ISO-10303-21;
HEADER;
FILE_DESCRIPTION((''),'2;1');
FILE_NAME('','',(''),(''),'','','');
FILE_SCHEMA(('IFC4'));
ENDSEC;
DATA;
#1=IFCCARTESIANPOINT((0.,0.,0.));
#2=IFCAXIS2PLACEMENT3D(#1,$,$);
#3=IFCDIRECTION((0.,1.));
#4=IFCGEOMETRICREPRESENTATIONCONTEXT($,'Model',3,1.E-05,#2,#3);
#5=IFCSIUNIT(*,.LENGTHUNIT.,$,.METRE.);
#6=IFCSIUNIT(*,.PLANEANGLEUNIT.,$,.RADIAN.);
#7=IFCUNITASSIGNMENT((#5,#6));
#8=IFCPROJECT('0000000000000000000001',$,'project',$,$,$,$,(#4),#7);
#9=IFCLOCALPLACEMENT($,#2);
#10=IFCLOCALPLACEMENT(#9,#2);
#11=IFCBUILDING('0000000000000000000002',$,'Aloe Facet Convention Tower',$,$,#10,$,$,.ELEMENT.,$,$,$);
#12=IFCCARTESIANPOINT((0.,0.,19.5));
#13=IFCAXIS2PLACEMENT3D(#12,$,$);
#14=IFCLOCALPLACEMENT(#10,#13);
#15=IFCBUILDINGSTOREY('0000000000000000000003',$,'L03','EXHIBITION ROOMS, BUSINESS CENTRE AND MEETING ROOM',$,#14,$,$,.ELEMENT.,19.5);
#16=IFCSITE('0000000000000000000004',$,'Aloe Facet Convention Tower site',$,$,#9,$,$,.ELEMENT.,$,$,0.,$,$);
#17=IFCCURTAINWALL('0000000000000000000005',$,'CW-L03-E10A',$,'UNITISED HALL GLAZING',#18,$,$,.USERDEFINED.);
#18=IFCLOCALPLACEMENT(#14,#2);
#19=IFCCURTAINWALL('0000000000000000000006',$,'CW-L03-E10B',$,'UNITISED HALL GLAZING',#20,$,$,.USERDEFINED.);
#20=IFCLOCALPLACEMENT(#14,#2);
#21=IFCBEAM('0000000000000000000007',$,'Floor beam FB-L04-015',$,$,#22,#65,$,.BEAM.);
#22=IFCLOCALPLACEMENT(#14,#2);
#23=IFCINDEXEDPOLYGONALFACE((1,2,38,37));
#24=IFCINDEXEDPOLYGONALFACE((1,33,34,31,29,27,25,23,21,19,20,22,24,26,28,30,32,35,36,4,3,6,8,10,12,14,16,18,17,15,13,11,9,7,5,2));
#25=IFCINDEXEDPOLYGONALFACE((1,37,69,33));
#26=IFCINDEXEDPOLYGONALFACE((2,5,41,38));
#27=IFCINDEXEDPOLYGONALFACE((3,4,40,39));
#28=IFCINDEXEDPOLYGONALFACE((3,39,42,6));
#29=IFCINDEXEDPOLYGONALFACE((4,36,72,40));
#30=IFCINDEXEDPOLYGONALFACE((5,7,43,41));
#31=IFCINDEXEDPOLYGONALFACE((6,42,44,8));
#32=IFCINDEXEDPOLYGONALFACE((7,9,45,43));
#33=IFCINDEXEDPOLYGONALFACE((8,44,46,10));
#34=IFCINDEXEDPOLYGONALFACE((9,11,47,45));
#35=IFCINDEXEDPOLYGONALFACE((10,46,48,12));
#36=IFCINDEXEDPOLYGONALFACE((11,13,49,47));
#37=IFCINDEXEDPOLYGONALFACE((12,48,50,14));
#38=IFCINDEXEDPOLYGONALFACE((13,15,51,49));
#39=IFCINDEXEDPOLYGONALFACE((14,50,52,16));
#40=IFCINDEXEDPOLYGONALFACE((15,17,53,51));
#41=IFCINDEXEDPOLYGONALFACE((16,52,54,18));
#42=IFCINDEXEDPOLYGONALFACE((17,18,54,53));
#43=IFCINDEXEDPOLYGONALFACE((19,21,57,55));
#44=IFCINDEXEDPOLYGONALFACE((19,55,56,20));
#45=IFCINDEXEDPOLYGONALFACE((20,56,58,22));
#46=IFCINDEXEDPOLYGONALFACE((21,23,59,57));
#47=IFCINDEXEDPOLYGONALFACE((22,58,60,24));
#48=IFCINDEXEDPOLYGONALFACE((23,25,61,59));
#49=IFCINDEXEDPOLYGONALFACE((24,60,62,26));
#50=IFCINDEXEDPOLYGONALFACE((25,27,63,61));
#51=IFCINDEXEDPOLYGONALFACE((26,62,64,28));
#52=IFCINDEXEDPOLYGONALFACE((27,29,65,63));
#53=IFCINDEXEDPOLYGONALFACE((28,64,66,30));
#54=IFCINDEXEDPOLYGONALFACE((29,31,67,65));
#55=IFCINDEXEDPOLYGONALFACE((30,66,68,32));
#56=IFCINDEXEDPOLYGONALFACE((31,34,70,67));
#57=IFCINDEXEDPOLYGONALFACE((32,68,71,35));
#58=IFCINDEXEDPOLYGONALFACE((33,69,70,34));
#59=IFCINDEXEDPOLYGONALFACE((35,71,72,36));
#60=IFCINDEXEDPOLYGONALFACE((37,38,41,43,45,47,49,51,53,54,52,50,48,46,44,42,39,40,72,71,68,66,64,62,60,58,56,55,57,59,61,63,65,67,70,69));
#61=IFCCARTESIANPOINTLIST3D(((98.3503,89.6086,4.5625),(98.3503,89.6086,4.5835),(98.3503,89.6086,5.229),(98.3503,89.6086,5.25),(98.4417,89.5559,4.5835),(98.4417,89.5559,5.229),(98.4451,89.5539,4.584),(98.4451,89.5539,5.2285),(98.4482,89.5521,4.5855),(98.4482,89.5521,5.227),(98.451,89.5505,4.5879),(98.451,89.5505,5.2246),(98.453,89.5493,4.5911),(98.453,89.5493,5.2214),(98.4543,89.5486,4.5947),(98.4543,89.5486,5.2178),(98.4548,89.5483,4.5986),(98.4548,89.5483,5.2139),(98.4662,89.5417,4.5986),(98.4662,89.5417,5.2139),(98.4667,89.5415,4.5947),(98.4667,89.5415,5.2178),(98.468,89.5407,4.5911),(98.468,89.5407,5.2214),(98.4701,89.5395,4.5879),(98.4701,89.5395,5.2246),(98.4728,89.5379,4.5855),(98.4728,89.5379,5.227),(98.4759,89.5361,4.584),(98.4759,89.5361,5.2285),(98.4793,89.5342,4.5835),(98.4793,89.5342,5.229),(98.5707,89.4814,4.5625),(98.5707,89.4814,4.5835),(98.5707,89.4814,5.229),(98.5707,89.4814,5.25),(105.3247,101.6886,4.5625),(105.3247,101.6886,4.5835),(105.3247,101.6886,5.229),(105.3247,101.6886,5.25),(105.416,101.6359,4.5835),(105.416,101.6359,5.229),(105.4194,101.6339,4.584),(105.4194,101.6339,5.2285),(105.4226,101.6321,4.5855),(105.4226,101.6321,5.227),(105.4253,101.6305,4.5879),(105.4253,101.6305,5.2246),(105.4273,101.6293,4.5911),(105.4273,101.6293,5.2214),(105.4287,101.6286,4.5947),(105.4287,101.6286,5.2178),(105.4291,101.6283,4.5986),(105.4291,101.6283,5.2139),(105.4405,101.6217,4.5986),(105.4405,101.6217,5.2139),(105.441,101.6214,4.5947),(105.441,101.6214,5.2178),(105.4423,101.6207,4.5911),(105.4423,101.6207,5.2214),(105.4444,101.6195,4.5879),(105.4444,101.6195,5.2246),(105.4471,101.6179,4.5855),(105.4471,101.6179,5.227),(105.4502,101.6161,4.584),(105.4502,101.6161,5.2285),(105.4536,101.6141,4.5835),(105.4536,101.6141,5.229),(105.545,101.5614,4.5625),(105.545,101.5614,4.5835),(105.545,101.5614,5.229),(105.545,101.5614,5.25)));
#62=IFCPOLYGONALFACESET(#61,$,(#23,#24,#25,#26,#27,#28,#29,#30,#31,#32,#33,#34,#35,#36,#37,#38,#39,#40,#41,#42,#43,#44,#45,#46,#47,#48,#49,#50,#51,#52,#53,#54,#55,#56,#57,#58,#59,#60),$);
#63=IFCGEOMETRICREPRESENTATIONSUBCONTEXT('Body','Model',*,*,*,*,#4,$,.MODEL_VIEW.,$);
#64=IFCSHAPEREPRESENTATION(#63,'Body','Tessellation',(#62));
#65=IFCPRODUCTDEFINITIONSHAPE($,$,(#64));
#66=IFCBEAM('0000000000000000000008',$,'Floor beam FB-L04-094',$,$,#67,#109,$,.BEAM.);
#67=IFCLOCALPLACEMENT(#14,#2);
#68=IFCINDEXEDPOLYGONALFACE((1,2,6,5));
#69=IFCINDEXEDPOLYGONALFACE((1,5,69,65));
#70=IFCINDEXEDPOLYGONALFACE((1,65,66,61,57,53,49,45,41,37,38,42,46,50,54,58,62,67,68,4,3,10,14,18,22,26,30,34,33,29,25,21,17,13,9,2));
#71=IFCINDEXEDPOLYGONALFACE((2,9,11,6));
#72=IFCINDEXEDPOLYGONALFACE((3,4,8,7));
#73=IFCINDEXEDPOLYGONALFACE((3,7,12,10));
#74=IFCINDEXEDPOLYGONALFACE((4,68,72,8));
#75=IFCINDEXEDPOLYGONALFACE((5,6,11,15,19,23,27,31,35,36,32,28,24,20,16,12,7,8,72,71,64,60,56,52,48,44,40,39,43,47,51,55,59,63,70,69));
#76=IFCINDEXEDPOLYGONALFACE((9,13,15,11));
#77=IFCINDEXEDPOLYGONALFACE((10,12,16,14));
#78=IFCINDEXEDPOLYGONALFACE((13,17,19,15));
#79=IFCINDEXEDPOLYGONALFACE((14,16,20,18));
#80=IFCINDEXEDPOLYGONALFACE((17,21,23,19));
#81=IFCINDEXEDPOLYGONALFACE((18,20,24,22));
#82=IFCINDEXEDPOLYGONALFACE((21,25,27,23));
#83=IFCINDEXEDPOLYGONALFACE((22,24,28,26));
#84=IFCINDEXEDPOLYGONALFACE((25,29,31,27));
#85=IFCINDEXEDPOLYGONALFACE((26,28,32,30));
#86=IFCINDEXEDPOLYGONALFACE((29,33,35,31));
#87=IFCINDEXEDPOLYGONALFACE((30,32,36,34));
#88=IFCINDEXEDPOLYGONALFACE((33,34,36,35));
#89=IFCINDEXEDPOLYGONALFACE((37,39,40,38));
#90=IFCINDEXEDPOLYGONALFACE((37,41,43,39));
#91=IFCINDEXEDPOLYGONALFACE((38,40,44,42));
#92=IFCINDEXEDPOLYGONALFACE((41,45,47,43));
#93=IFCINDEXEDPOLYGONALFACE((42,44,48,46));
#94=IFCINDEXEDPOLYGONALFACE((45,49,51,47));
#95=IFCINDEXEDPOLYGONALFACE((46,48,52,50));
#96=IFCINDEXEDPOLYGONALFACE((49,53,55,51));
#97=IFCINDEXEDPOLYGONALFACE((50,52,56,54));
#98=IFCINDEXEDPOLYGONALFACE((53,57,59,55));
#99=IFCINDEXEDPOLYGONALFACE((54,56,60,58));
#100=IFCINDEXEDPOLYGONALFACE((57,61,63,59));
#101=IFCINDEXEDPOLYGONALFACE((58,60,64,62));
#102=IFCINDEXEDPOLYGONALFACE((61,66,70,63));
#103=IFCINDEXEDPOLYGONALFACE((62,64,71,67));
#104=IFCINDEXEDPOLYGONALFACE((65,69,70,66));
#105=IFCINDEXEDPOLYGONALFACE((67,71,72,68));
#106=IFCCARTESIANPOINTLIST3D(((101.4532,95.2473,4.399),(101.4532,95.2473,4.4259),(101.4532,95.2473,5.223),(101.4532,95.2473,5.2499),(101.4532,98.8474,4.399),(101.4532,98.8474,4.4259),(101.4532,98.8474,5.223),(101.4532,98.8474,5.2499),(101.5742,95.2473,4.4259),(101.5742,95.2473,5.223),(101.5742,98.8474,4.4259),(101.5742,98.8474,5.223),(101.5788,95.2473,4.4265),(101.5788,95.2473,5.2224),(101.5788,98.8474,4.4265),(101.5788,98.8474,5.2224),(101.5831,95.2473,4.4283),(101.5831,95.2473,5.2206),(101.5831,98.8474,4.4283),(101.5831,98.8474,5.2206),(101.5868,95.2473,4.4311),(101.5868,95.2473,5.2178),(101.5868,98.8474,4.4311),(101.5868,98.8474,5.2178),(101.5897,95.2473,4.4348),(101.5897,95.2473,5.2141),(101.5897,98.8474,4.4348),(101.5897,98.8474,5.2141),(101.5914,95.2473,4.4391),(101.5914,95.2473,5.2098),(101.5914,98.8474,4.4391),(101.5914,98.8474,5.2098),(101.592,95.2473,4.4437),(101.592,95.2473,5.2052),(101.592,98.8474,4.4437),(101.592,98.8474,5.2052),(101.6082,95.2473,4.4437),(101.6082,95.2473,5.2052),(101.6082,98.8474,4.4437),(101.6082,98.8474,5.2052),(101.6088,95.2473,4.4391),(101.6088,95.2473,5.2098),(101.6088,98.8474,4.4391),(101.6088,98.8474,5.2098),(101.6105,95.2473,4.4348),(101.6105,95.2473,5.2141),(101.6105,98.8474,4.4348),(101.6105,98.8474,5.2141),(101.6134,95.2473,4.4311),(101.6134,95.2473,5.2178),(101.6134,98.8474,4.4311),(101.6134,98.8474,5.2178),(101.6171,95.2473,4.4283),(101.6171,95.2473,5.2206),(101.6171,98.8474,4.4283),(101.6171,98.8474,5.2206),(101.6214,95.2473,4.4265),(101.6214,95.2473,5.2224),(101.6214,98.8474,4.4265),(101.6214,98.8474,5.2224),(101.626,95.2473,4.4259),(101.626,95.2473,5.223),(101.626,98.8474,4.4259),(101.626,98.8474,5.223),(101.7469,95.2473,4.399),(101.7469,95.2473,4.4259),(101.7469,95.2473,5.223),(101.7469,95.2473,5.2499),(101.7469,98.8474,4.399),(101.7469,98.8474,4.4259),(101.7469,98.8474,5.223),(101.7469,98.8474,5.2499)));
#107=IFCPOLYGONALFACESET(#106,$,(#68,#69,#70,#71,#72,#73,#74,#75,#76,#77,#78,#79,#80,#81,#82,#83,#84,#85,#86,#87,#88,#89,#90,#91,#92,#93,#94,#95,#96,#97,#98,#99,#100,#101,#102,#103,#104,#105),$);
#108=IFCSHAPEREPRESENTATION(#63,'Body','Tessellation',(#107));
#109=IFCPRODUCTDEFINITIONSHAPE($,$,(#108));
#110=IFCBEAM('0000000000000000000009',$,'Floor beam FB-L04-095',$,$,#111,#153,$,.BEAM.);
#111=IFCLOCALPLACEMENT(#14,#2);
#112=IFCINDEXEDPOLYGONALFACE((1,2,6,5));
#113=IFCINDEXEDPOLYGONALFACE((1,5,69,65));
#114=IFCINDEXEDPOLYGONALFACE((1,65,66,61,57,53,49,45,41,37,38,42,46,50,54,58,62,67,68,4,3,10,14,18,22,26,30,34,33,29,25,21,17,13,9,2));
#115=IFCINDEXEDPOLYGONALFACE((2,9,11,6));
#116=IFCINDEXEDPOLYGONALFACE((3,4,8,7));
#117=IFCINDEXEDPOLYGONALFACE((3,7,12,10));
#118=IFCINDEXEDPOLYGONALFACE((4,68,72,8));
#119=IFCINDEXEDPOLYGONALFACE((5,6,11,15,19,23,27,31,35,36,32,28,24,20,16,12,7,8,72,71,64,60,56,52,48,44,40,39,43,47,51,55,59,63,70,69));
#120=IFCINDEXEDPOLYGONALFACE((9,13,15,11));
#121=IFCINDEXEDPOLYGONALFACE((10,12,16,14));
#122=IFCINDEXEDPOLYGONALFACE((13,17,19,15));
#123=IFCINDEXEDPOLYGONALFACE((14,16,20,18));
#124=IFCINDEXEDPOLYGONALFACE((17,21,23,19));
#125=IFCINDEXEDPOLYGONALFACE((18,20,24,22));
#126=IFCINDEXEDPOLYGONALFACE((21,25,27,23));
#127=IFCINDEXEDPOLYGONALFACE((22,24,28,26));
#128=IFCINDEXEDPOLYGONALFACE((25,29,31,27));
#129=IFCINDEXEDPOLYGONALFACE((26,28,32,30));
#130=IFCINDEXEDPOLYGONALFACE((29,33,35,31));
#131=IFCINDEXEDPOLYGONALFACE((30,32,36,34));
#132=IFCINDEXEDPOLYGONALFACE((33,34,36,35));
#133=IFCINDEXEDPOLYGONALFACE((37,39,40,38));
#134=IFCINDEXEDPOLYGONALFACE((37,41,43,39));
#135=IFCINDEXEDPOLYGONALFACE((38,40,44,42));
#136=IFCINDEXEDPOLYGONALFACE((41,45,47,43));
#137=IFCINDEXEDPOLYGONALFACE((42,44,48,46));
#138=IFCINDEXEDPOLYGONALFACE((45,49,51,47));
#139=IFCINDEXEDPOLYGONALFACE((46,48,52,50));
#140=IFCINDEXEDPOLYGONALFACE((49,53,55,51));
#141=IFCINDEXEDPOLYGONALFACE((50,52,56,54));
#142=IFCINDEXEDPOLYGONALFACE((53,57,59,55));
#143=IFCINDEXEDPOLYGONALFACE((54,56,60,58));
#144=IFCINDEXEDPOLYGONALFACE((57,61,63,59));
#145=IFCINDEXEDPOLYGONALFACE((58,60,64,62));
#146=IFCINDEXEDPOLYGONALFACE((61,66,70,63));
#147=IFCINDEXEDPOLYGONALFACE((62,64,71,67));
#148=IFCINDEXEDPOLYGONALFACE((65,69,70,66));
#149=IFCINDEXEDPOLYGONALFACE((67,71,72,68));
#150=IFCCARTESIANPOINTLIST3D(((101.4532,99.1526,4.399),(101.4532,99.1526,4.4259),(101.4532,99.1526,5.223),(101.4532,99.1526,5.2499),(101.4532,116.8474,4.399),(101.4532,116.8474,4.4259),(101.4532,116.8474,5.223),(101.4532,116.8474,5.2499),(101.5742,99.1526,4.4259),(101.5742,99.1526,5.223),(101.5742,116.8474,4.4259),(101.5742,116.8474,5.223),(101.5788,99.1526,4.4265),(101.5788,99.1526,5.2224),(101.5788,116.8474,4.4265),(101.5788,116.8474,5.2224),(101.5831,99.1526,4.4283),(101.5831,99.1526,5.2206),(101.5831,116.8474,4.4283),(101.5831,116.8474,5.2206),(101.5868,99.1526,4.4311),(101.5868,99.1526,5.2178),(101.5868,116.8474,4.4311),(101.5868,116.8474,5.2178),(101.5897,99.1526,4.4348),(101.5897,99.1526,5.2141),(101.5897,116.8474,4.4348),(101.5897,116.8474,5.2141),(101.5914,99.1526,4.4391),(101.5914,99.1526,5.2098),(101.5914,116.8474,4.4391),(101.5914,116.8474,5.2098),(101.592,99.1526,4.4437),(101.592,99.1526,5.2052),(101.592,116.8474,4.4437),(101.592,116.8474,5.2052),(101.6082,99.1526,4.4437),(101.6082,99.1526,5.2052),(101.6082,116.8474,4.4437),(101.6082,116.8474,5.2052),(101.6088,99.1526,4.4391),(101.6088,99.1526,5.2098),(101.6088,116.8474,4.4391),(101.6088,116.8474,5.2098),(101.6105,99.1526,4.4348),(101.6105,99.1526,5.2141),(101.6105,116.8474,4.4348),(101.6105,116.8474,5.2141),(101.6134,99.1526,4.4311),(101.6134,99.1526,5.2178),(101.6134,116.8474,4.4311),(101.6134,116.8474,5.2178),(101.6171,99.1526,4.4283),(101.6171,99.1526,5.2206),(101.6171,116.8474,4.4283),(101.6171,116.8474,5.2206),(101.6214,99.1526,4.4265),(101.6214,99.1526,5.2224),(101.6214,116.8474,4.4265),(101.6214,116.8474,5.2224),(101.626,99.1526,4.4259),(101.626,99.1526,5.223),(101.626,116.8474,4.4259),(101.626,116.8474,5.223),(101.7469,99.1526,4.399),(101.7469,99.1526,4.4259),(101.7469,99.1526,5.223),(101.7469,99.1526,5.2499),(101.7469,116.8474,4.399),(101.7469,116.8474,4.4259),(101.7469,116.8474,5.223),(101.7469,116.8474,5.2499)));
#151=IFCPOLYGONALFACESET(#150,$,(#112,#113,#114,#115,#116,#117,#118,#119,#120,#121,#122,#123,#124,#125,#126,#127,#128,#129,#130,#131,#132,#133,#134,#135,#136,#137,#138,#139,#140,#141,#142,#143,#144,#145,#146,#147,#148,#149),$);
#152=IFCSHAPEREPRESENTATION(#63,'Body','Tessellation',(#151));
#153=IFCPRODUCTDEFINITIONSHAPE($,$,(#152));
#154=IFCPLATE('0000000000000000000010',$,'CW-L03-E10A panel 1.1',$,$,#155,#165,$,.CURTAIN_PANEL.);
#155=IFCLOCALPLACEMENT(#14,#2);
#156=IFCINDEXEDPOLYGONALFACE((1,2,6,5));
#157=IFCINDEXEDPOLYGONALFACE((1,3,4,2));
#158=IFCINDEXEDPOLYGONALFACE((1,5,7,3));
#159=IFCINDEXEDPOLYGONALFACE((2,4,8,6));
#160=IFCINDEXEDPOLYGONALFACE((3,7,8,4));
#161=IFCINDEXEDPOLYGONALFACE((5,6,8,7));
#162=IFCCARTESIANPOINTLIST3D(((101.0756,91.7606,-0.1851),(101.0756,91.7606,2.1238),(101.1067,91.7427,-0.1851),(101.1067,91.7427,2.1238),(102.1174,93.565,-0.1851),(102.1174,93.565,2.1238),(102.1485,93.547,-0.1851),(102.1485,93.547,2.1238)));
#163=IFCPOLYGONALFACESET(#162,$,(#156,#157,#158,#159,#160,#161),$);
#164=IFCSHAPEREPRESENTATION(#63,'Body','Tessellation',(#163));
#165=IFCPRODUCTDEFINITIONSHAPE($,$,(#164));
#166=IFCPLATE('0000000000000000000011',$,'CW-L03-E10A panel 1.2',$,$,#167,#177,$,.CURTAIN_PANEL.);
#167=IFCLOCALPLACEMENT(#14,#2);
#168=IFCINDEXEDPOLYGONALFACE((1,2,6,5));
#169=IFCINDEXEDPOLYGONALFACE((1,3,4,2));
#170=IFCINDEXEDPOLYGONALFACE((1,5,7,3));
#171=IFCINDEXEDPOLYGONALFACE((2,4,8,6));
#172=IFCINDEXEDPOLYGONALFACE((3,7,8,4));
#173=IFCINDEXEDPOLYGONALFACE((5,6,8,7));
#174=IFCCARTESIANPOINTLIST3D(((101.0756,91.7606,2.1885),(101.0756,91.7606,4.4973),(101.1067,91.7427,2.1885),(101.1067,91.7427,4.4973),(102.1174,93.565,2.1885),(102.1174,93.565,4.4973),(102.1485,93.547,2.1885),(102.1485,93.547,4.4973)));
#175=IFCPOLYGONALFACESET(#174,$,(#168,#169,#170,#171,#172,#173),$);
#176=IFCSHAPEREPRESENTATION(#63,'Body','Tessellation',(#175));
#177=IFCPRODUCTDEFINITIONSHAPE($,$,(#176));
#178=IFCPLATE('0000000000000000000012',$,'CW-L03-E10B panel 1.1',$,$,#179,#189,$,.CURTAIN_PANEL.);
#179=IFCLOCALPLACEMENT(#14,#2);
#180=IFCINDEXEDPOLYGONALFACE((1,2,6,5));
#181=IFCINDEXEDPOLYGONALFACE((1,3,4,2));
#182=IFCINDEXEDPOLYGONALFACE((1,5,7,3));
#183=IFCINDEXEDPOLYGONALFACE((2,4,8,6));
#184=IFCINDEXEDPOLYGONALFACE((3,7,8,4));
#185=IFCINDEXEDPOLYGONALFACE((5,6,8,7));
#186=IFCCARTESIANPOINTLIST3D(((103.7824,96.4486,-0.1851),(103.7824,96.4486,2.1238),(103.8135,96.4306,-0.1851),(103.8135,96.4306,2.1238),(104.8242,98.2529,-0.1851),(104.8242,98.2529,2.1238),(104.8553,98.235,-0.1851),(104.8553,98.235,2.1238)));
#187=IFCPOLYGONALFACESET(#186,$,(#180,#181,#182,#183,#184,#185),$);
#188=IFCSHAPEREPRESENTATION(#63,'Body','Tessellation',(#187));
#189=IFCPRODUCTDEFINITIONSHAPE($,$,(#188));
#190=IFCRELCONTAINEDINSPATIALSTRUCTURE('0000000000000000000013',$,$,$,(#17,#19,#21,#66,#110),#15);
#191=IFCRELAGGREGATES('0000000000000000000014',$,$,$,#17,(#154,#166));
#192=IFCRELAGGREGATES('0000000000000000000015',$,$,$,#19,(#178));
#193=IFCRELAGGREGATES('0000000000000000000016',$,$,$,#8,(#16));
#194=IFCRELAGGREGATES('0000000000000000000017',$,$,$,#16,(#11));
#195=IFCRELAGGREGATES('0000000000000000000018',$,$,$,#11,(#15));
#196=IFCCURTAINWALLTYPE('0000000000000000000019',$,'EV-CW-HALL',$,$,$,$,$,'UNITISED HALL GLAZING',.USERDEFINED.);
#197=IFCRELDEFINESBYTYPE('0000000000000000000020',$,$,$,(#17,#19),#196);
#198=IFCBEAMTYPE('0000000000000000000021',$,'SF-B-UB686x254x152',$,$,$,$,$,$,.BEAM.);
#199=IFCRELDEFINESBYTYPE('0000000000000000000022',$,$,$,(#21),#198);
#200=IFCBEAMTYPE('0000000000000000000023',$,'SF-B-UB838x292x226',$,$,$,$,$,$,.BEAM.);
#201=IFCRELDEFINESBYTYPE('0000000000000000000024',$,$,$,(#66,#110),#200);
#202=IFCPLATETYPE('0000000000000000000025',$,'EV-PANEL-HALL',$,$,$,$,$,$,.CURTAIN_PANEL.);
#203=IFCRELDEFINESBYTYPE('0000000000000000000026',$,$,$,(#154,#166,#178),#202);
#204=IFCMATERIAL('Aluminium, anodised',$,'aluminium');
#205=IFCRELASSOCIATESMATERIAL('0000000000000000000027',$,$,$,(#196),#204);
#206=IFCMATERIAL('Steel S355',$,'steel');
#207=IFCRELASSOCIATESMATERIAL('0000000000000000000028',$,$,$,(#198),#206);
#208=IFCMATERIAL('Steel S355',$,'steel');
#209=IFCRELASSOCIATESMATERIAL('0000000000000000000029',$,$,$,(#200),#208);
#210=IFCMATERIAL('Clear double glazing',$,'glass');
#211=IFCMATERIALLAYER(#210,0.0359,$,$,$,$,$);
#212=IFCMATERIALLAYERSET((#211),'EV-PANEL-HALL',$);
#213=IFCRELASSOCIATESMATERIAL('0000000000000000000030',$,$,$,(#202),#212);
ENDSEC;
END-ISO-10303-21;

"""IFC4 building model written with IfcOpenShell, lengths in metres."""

from ifc_helpers import new_model, si_unit, direction, frame, origin, origin_2d, place, context, subcontext, project, spatial, rectangle, i_section, extrude, material, layer, layer_set, material_profile, profile_set, type_object, element, aggregate, save


model = new_model("IFC4")

# Units and contexts
model_context = context("Model", 3, precision=1e-05, world=origin(), true_north=direction((0.0, 1.0)))
body_context = subcontext(model_context, "Body", "Model", "MODEL_VIEW")
ifc_project = project(units=[si_unit("LENGTHUNIT", "METRE"), si_unit("PLANEANGLEUNIT", "RADIAN")], contexts=[model_context])

# Site, building, storey
site_placement = place(None, origin())
site = spatial("IfcSite", under=ifc_project, at=site_placement, Name="Aloe Facet Convention Tower site", CompositionType="ELEMENT", RefElevation=0.0)
building_placement = place(site_placement, origin())
building = spatial("IfcBuilding", under=site, at=building_placement, Name="Aloe Facet Convention Tower", CompositionType="ELEMENT")
storey_placement = place(building_placement, frame((0.0, 0.0, 19.5)))
storey = spatial("IfcBuildingStorey", under=building, at=storey_placement, Name="L03", Description="EXHIBITION ROOMS, BUSINESS CENTRE AND MEETING ROOM", CompositionType="ELEMENT", Elevation=19.5)

# Curtain wall
ifc_material_1 = material(Name="Aluminium, anodised", Category="aluminium")
curtain_wall_type = type_object("IfcCurtainWallType", Name="EV-CW-HALL", ElementType="UNITISED HALL GLAZING", PredefinedType="USERDEFINED", material=ifc_material_1)
curtain_wall_1_placement = place(storey_placement, origin())
curtain_wall_1 = element("IfcCurtainWall", 1, at=curtain_wall_1_placement, inside=storey, type_object=curtain_wall_type, Name="CW-L03-E10A", ObjectType="UNITISED HALL GLAZING", PredefinedType="USERDEFINED")

# Curtain wall
curtain_wall_2_placement = place(storey_placement, origin())
curtain_wall_2 = element("IfcCurtainWall", 2, at=curtain_wall_2_placement, inside=storey, type_object=curtain_wall_type, Name="CW-L03-E10B", ObjectType="UNITISED HALL GLAZING", PredefinedType="USERDEFINED")

# Beams
ifc_material_2 = material(Name="Steel S355", Category="steel")
ifc_material_profile_1 = material_profile(ifc_material_2, i_section(OverallWidth=0.2544, OverallDepth=0.6875, WebThickness=0.0132, FlangeThickness=0.021, FilletRadius=0.0151, at=origin_2d()), Name="UB 686x254x152")
ifc_profile_set_1 = profile_set([ifc_material_profile_1], Name="Steel S355")
beam_type_1 = type_object("IfcBeamType", Name="SF-B-UB686x254x152", PredefinedType="BEAM", material=ifc_profile_set_1)
beam_1_placement = place(storey_placement, frame((105.4348, 101.625, 4.9062), z_axis=(-0.499996, -0.866028, 0.0), x_axis=(0.866028, -0.499996, 0.0)))
element("IfcBeam", 3, at=beam_1_placement, inside=storey, type_object=beam_type_1, Name="Floor beam FB-L04-015", PredefinedType="BEAM", context=body_context, shape_type="SweptSolid", body=[
    extrude(i_section(OverallWidth=0.2544, OverallDepth=0.6875, WebThickness=0.0132, FlangeThickness=0.021, FilletRadius=0.0151, at=origin_2d()), origin(), (0.0, 0.0, 1.0), 13.9487),
])
ifc_material_3 = material(Name="Steel S355", Category="steel")
ifc_material_profile_2 = material_profile(ifc_material_3, i_section(OverallWidth=0.2937, OverallDepth=0.8508, WebThickness=0.0161, FlangeThickness=0.0269, FilletRadius=0.0178, at=origin_2d()), Name="UB 838x292x226")
ifc_profile_set_2 = profile_set([ifc_material_profile_2], Name="Steel S355")
beam_type_2 = type_object("IfcBeamType", Name="SF-B-UB838x292x226", PredefinedType="BEAM", material=ifc_profile_set_2)
beam_2_placement = place(storey_placement, frame((101.6001, 95.2473, 4.8245), z_axis=(0.0, 1.0, 0.0), x_axis=(-1.0, 0.0, 0.0)))
element("IfcBeam", 4, at=beam_2_placement, inside=storey, type_object=beam_type_2, Name="Floor beam FB-L04-094", PredefinedType="BEAM", context=body_context, shape_type="SweptSolid", body=[
    extrude(i_section(OverallWidth=0.2937, OverallDepth=0.8508, WebThickness=0.0161, FlangeThickness=0.0269, FilletRadius=0.0178, at=origin_2d()), origin(), (0.0, 0.0, 1.0), 3.6001),
])
beam_3_placement = place(storey_placement, frame((101.6001, 99.1526, 4.8245), z_axis=(0.0, 1.0, 0.0), x_axis=(-1.0, 0.0, 0.0)))
element("IfcBeam", 5, at=beam_3_placement, inside=storey, type_object=beam_type_2, Name="Floor beam FB-L04-095", PredefinedType="BEAM", context=body_context, shape_type="SweptSolid", body=[
    extrude(i_section(OverallWidth=0.2937, OverallDepth=0.8508, WebThickness=0.0161, FlangeThickness=0.0269, FilletRadius=0.0178, at=origin_2d()), origin(), (0.0, 0.0, 1.0), 17.6948),
])

# Plates
ifc_material_4 = material(Name="Clear double glazing", Category="glass")
ifc_layer_1 = layer(ifc_material_4, 0.0359)
ifc_layer_set_1 = layer_set([ifc_layer_1], Name="EV-PANEL-HALL")
plate_type = type_object("IfcPlateType", Name="EV-PANEL-HALL", PredefinedType="CURTAIN_PANEL", material=ifc_layer_set_1)
plate_1_placement = place(storey_placement, frame((101.6121, 92.6538, -0.1851), z_axis=(0.0, 0.0, 1.0), x_axis=(0.5, 0.866025, 0.0)))
plate_1 = element("IfcPlate", 6, at=plate_1_placement, type_object=plate_type, Name="CW-L03-E10A panel 1.1", PredefinedType="CURTAIN_PANEL", context=body_context, shape_type="SweptSolid", body=[
    extrude(rectangle(XDim=2.0835, YDim=0.0359, at=origin_2d()), origin(), (0.0, 0.0, 1.0), 2.3088),
])
plate_2_placement = place(storey_placement, frame((101.6121, 92.6538, 2.1885), z_axis=(0.0, 0.0, 1.0), x_axis=(0.5, 0.866025, 0.0)))
plate_2 = element("IfcPlate", 7, at=plate_2_placement, type_object=plate_type, Name="CW-L03-E10A panel 1.2", PredefinedType="CURTAIN_PANEL", context=body_context, shape_type="SweptSolid", body=[
    extrude(rectangle(XDim=2.0835, YDim=0.0359, at=origin_2d()), origin(), (0.0, 0.0, 1.0), 2.3088),
])
aggregate(curtain_wall_1, [plate_1, plate_2])
plate_3_placement = place(storey_placement, frame((104.3188, 97.3418, -0.1851), z_axis=(0.0, 0.0, 1.0), x_axis=(0.5, 0.866025, 0.0)))
plate_3 = element("IfcPlate", 8, at=plate_3_placement, type_object=plate_type, Name="CW-L03-E10B panel 1.1", PredefinedType="CURTAIN_PANEL", context=body_context, shape_type="SweptSolid", body=[
    extrude(rectangle(XDim=2.0835, YDim=0.0359, at=origin_2d()), origin(), (0.0, 0.0, 1.0), 2.3088),
])
aggregate(curtain_wall_2, [plate_3])

save(model, "model.ifc")
